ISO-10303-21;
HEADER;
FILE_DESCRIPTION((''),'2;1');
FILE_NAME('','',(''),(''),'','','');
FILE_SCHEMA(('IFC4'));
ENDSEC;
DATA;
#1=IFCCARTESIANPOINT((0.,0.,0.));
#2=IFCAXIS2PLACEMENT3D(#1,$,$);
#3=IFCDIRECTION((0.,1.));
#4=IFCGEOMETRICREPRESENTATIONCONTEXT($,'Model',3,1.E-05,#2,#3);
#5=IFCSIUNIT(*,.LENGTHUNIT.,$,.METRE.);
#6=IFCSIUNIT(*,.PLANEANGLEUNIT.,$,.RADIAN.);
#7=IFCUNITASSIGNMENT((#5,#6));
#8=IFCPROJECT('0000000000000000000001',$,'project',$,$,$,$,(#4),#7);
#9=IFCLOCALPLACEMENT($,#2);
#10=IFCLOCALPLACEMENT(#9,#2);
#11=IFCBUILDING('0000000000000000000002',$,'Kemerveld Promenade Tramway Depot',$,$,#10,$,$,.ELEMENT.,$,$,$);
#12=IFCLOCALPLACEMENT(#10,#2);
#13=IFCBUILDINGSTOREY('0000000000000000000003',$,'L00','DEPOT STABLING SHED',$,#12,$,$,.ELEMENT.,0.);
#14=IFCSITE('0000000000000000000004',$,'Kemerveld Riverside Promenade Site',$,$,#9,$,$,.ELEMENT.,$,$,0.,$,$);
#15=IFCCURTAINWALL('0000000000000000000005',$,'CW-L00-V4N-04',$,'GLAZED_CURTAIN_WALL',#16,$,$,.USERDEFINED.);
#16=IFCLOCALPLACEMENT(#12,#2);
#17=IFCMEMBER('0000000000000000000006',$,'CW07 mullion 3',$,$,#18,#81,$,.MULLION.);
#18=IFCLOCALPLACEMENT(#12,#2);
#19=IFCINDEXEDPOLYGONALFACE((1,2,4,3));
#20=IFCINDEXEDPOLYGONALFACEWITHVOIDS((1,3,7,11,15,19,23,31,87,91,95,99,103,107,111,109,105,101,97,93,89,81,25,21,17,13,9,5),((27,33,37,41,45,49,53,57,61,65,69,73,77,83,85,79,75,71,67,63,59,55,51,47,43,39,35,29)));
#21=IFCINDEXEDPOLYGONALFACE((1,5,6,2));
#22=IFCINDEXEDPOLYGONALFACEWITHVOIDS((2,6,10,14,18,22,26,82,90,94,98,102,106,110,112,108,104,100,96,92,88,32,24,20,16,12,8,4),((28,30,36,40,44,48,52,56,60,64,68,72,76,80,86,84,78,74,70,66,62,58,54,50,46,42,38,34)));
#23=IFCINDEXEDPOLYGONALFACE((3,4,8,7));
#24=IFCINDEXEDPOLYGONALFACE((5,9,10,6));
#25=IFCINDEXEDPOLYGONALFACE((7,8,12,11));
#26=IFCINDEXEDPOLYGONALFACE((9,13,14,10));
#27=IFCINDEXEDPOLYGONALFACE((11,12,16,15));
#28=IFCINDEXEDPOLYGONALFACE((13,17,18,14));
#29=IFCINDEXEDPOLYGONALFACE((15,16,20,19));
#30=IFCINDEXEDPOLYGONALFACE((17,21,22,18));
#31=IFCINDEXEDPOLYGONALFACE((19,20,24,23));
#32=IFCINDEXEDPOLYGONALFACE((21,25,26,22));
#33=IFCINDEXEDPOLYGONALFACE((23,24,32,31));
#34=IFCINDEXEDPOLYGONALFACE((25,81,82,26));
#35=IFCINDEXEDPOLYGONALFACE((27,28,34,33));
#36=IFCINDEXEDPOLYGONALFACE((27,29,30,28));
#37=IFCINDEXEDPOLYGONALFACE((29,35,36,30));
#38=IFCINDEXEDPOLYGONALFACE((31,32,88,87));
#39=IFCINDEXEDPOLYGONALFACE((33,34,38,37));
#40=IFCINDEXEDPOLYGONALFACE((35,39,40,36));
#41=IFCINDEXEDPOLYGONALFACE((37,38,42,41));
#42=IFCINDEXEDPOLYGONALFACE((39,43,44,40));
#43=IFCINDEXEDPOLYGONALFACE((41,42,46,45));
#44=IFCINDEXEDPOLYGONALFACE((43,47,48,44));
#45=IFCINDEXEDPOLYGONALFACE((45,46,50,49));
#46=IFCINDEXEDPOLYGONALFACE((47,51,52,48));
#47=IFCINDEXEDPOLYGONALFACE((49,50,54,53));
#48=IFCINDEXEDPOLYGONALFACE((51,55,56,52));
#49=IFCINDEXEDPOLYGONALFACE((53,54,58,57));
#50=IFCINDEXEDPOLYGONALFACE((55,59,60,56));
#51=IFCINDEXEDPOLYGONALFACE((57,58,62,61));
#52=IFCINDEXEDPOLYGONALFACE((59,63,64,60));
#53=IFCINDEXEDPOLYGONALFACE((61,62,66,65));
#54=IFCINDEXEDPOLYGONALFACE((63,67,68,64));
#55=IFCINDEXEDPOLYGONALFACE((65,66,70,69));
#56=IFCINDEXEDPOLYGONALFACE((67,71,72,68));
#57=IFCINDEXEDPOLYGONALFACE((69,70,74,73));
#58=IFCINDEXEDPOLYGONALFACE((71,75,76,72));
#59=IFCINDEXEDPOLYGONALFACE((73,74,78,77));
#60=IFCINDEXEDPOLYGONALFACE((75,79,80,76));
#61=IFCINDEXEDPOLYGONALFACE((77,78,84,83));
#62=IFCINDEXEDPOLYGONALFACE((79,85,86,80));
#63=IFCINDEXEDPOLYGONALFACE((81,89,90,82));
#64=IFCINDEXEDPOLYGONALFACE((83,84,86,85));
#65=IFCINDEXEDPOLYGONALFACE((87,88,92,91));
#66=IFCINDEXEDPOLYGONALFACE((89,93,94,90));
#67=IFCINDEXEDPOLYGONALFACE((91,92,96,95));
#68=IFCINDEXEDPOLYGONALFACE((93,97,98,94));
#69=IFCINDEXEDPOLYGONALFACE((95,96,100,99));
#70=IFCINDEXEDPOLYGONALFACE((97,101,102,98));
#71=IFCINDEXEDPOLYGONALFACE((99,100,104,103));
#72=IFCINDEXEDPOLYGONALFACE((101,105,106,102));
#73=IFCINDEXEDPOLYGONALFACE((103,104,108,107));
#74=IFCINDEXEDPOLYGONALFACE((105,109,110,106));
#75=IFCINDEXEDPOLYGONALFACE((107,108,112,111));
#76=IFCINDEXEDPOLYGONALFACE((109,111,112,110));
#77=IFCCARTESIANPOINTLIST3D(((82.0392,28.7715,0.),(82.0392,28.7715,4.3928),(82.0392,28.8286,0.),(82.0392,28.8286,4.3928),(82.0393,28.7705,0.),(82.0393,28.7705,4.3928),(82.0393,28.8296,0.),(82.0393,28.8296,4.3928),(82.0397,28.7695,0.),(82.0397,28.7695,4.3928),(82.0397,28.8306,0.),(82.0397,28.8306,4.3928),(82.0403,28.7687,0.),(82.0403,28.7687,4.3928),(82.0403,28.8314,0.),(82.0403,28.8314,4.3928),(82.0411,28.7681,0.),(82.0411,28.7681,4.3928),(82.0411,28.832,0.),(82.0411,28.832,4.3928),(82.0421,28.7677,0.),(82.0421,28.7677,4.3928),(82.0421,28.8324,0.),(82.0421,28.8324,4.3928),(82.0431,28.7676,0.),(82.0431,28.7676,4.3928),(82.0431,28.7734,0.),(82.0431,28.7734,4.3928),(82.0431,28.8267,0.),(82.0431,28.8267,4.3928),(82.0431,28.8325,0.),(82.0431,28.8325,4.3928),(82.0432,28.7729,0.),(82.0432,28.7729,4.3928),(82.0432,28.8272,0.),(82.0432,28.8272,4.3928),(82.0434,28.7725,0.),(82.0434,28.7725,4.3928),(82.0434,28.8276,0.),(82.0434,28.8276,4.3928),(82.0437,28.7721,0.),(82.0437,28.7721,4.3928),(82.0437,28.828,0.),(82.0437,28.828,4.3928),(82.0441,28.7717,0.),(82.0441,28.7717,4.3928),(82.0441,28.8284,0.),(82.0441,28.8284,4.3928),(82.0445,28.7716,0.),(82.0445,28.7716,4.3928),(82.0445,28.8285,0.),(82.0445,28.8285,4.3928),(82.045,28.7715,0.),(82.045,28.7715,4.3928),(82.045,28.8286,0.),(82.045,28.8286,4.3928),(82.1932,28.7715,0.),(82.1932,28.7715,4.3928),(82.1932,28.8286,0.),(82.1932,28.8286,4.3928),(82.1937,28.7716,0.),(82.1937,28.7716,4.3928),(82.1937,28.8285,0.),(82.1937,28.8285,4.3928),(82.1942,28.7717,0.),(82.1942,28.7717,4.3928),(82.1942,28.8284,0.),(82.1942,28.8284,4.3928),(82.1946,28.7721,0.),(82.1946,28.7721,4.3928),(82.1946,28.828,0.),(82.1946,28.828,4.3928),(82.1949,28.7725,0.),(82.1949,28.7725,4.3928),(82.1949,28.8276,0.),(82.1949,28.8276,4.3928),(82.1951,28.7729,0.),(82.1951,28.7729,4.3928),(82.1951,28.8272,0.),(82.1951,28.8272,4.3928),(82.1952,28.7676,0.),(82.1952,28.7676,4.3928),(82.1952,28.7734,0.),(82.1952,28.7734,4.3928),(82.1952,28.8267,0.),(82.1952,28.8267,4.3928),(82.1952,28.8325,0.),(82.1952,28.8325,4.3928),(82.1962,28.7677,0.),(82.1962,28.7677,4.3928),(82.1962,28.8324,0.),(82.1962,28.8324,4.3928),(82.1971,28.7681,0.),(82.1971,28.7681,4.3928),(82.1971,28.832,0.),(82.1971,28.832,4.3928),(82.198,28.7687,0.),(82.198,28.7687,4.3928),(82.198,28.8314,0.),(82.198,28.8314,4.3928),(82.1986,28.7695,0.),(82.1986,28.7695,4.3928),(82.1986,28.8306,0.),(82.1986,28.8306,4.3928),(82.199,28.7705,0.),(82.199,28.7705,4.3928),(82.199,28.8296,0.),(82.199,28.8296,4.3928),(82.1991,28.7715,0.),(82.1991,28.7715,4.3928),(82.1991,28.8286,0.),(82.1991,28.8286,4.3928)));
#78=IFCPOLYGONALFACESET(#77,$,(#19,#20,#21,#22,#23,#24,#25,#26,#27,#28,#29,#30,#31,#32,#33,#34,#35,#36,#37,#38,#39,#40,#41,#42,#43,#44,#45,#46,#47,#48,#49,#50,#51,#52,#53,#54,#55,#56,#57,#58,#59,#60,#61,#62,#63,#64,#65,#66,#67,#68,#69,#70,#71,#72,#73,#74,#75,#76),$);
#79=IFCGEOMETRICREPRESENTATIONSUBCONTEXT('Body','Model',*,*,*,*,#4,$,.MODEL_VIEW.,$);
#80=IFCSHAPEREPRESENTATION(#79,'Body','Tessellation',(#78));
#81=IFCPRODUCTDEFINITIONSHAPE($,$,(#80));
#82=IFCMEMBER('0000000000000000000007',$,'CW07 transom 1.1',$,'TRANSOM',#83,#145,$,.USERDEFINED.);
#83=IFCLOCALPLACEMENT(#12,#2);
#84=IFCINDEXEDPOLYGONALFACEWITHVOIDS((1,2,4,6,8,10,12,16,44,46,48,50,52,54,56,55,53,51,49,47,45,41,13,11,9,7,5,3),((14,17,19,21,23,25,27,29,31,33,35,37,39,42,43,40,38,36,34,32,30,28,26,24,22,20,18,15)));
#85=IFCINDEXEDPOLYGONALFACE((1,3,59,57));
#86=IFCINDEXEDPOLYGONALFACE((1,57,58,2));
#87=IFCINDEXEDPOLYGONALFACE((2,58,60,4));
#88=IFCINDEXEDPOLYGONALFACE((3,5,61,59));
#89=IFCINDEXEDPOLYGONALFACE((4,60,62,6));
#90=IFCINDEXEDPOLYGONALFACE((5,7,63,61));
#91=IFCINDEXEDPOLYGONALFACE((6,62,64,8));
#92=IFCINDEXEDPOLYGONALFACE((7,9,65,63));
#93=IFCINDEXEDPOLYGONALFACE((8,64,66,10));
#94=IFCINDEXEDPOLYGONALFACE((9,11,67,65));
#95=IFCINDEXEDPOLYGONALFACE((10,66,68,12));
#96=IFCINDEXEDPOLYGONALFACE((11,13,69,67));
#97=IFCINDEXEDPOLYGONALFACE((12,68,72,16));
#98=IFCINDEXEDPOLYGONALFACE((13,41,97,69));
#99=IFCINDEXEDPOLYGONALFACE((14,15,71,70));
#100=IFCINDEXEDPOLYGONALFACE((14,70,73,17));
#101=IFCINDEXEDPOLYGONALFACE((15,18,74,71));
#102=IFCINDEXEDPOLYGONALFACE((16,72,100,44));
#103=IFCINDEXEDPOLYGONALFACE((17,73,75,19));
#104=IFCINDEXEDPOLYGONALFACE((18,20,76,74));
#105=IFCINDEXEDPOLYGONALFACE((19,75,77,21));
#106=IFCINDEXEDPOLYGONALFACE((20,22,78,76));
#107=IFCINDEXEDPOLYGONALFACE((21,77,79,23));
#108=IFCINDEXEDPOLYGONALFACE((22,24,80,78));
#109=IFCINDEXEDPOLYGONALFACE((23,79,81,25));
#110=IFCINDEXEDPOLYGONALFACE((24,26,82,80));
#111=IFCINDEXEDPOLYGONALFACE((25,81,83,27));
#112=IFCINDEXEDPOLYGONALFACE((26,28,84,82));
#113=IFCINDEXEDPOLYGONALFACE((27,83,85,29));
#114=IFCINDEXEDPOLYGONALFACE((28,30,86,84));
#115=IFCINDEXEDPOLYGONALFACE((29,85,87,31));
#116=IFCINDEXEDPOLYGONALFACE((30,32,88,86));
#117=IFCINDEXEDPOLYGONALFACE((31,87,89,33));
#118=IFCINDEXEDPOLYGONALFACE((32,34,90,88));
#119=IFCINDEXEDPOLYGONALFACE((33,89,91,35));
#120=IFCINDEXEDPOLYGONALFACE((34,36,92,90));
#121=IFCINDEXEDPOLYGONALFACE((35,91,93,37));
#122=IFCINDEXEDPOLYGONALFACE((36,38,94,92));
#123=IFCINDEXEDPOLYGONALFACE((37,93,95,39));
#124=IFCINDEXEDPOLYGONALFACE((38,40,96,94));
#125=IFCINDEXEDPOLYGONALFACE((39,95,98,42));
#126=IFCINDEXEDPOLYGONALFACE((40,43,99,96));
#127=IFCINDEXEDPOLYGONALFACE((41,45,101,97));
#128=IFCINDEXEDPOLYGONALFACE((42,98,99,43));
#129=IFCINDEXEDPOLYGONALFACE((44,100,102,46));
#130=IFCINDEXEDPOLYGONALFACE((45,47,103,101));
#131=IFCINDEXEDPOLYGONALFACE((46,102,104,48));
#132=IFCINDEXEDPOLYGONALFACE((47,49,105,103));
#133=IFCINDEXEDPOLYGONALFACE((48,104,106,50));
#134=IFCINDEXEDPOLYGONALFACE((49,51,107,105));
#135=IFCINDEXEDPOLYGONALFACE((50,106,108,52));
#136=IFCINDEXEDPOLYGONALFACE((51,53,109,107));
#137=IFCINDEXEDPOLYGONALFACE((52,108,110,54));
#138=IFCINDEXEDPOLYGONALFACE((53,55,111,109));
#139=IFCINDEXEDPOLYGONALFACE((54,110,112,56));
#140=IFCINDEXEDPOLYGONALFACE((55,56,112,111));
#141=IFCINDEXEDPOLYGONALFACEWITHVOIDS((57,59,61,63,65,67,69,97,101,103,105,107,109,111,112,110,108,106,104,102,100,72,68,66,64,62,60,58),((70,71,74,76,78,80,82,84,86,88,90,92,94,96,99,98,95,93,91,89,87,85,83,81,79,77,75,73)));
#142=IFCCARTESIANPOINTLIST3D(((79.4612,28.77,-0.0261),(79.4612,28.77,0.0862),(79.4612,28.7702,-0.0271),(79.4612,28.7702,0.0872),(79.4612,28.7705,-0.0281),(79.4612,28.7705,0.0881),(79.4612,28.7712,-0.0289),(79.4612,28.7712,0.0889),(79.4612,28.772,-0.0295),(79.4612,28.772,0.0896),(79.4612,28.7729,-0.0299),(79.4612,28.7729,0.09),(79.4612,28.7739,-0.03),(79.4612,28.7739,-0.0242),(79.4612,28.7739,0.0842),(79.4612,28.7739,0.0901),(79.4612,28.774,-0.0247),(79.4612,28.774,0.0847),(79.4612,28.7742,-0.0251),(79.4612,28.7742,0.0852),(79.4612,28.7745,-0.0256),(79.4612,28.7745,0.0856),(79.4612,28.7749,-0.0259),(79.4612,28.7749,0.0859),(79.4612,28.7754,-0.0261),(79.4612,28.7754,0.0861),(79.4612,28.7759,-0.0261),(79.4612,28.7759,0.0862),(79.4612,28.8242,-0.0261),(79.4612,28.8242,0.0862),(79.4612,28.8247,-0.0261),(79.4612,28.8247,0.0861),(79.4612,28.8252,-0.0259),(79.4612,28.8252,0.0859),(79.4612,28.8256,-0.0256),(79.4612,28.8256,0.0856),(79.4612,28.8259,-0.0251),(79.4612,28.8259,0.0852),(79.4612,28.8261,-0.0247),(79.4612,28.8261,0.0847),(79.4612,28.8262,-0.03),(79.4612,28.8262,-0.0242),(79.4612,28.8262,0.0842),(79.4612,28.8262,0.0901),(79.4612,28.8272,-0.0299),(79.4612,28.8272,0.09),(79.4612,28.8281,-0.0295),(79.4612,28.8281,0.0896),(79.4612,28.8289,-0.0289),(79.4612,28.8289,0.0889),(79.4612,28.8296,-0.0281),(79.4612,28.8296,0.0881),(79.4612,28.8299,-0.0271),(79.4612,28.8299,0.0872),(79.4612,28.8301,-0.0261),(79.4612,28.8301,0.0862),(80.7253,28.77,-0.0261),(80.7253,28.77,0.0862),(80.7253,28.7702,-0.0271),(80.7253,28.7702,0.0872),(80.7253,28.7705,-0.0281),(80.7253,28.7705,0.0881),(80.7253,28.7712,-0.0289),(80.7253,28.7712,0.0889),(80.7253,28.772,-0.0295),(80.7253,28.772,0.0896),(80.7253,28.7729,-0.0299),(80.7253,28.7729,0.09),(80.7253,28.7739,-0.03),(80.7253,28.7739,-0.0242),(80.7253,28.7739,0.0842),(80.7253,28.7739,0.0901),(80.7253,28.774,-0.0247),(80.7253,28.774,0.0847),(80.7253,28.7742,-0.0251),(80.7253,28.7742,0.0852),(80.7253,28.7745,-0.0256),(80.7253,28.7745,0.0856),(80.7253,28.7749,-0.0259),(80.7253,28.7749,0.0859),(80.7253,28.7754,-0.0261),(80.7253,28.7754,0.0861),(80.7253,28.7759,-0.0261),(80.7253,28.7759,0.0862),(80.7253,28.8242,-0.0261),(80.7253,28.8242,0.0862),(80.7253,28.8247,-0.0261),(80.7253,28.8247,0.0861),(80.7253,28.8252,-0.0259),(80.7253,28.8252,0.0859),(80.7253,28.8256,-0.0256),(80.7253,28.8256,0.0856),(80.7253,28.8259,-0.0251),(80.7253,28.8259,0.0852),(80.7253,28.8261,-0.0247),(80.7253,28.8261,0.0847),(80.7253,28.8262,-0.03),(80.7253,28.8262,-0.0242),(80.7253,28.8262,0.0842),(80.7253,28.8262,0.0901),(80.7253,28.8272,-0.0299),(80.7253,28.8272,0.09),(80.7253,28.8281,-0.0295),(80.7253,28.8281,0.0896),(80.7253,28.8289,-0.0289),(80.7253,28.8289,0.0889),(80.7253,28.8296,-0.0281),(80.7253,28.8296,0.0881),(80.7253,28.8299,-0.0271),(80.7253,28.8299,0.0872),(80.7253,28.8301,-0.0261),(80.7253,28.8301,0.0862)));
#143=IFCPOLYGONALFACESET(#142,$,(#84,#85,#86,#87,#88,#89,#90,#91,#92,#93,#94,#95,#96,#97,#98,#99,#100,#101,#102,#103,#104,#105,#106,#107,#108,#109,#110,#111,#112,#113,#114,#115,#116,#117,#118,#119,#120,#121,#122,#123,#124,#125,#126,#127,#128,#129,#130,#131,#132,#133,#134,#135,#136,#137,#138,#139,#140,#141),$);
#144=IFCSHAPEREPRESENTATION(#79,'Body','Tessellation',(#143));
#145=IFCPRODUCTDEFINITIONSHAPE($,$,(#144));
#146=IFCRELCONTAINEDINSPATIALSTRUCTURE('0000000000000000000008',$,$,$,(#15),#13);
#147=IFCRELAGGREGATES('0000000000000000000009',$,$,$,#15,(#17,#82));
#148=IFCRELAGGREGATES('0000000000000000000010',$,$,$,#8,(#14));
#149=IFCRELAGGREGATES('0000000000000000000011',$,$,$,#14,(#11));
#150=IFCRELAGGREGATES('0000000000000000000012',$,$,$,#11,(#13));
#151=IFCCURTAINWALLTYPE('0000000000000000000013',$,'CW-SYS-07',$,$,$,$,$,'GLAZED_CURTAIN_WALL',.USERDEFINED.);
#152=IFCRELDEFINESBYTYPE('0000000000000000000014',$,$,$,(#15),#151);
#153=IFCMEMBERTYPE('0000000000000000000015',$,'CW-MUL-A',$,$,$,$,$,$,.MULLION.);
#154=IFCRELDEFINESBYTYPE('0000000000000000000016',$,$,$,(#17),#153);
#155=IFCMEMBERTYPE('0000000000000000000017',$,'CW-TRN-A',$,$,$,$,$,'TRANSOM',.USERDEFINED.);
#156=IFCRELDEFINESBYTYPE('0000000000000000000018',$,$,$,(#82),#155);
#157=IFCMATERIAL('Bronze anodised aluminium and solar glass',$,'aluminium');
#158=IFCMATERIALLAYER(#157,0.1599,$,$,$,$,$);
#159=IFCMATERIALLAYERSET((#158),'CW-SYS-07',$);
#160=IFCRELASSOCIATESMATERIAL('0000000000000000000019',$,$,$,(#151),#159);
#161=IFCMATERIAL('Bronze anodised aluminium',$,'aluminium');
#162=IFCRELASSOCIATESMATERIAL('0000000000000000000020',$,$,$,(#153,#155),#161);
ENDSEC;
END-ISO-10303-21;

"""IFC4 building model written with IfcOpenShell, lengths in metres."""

from ifc_helpers import new_model, si_unit, direction, frame, origin, origin_2d, place, context, subcontext, project, spatial, hollow_rectangle, extrude, material, layer, layer_set, material_profile, profile_set, type_object, element, aggregate, save


model = new_model("IFC4")

# Units and contexts
model_context = context("Model", 3, precision=1e-05, world=origin(), true_north=direction((0.0, 1.0)))
body_context = subcontext(model_context, "Body", "Model", "MODEL_VIEW")
ifc_project = project(units=[si_unit("LENGTHUNIT", "METRE"), si_unit("PLANEANGLEUNIT", "RADIAN")], contexts=[model_context])

# Site, building, storey
site_placement = place(None, origin())
site = spatial("IfcSite", under=ifc_project, at=site_placement, Name="Kemerveld Riverside Promenade Site", CompositionType="ELEMENT", RefElevation=0.0)
building_placement = place(site_placement, origin())
building = spatial("IfcBuilding", under=site, at=building_placement, Name="Kemerveld Promenade Tramway Depot", CompositionType="ELEMENT")
storey_placement = place(building_placement, origin())
storey = spatial("IfcBuildingStorey", under=building, at=storey_placement, Name="L00", Description="DEPOT STABLING SHED", CompositionType="ELEMENT", Elevation=0.0)

# Curtain wall, members
ifc_material_1 = material(Name="Bronze anodised aluminium and solar glass", Category="aluminium")
ifc_layer_1 = layer(ifc_material_1, 0.1599)
ifc_layer_set_1 = layer_set([ifc_layer_1], Name="CW-SYS-07")
curtain_wall_type = type_object("IfcCurtainWallType", Name="CW-SYS-07", ElementType="GLAZED_CURTAIN_WALL", PredefinedType="USERDEFINED", material=ifc_layer_set_1)
curtain_wall_placement = place(storey_placement, origin())
curtain_wall = element("IfcCurtainWall", 1, at=curtain_wall_placement, inside=storey, type_object=curtain_wall_type, Name="CW-L00-V4N-04", ObjectType="GLAZED_CURTAIN_WALL", PredefinedType="USERDEFINED")
ifc_material_2 = material(Name="Bronze anodised aluminium", Category="aluminium")
ifc_material_profile_1 = material_profile(ifc_material_2, hollow_rectangle(XDim=0.0649, YDim=0.1599, WallThickness=0.0039, InnerFilletRadius=0.002, OuterFilletRadius=0.0039, at=origin_2d()), Name="CW-MUL-160x65")
ifc_profile_set_1 = profile_set([ifc_material_profile_1], Name="Bronze anodised aluminium")
member_type_1 = type_object("IfcMemberType", Name="CW-MUL-A", PredefinedType="MULLION", material=ifc_profile_set_1)
member_1_placement = place(storey_placement, frame((82.1191, 28.8, 0.0), z_axis=(0.0, 0.0, 1.0), x_axis=(0.0, 1.0, 0.0)))
member_1 = element("IfcMember", 2, at=member_1_placement, type_object=member_type_1, Name="CW07 mullion 3", PredefinedType="MULLION", context=body_context, shape_type="SweptSolid", body=[
    extrude(hollow_rectangle(XDim=0.0649, YDim=0.1599, WallThickness=0.0039, InnerFilletRadius=0.002, OuterFilletRadius=0.0039, at=origin_2d()), origin(), (0.0, 0.0, 1.0), 4.3928),
])
ifc_material_profile_2 = material_profile(ifc_material_2, hollow_rectangle(XDim=0.0601, YDim=0.1201, WallThickness=0.0039, InnerFilletRadius=0.002, OuterFilletRadius=0.0039, at=origin_2d()), Name="CW-TRN-120x60")
ifc_profile_set_2 = profile_set([ifc_material_profile_2], Name="Bronze anodised aluminium")
member_type_2 = type_object("IfcMemberType", Name="CW-TRN-A", ElementType="TRANSOM", PredefinedType="USERDEFINED", material=ifc_profile_set_2)
member_2_placement = place(storey_placement, frame((79.4612, 28.8, 0.03), z_axis=(1.0, 0.0, 0.0), x_axis=(0.0, 1.0, 0.0)))
member_2 = element("IfcMember", 3, at=member_2_placement, type_object=member_type_2, Name="CW07 transom 1.1", ObjectType="TRANSOM", PredefinedType="USERDEFINED", context=body_context, shape_type="SweptSolid", body=[
    extrude(hollow_rectangle(XDim=0.0601, YDim=0.1201, WallThickness=0.0039, InnerFilletRadius=0.002, OuterFilletRadius=0.0039, at=origin_2d()), origin(), (0.0, 0.0, 1.0), 1.2642),
])
aggregate(curtain_wall, [member_1, member_2])

save(model, "model.ifc")
